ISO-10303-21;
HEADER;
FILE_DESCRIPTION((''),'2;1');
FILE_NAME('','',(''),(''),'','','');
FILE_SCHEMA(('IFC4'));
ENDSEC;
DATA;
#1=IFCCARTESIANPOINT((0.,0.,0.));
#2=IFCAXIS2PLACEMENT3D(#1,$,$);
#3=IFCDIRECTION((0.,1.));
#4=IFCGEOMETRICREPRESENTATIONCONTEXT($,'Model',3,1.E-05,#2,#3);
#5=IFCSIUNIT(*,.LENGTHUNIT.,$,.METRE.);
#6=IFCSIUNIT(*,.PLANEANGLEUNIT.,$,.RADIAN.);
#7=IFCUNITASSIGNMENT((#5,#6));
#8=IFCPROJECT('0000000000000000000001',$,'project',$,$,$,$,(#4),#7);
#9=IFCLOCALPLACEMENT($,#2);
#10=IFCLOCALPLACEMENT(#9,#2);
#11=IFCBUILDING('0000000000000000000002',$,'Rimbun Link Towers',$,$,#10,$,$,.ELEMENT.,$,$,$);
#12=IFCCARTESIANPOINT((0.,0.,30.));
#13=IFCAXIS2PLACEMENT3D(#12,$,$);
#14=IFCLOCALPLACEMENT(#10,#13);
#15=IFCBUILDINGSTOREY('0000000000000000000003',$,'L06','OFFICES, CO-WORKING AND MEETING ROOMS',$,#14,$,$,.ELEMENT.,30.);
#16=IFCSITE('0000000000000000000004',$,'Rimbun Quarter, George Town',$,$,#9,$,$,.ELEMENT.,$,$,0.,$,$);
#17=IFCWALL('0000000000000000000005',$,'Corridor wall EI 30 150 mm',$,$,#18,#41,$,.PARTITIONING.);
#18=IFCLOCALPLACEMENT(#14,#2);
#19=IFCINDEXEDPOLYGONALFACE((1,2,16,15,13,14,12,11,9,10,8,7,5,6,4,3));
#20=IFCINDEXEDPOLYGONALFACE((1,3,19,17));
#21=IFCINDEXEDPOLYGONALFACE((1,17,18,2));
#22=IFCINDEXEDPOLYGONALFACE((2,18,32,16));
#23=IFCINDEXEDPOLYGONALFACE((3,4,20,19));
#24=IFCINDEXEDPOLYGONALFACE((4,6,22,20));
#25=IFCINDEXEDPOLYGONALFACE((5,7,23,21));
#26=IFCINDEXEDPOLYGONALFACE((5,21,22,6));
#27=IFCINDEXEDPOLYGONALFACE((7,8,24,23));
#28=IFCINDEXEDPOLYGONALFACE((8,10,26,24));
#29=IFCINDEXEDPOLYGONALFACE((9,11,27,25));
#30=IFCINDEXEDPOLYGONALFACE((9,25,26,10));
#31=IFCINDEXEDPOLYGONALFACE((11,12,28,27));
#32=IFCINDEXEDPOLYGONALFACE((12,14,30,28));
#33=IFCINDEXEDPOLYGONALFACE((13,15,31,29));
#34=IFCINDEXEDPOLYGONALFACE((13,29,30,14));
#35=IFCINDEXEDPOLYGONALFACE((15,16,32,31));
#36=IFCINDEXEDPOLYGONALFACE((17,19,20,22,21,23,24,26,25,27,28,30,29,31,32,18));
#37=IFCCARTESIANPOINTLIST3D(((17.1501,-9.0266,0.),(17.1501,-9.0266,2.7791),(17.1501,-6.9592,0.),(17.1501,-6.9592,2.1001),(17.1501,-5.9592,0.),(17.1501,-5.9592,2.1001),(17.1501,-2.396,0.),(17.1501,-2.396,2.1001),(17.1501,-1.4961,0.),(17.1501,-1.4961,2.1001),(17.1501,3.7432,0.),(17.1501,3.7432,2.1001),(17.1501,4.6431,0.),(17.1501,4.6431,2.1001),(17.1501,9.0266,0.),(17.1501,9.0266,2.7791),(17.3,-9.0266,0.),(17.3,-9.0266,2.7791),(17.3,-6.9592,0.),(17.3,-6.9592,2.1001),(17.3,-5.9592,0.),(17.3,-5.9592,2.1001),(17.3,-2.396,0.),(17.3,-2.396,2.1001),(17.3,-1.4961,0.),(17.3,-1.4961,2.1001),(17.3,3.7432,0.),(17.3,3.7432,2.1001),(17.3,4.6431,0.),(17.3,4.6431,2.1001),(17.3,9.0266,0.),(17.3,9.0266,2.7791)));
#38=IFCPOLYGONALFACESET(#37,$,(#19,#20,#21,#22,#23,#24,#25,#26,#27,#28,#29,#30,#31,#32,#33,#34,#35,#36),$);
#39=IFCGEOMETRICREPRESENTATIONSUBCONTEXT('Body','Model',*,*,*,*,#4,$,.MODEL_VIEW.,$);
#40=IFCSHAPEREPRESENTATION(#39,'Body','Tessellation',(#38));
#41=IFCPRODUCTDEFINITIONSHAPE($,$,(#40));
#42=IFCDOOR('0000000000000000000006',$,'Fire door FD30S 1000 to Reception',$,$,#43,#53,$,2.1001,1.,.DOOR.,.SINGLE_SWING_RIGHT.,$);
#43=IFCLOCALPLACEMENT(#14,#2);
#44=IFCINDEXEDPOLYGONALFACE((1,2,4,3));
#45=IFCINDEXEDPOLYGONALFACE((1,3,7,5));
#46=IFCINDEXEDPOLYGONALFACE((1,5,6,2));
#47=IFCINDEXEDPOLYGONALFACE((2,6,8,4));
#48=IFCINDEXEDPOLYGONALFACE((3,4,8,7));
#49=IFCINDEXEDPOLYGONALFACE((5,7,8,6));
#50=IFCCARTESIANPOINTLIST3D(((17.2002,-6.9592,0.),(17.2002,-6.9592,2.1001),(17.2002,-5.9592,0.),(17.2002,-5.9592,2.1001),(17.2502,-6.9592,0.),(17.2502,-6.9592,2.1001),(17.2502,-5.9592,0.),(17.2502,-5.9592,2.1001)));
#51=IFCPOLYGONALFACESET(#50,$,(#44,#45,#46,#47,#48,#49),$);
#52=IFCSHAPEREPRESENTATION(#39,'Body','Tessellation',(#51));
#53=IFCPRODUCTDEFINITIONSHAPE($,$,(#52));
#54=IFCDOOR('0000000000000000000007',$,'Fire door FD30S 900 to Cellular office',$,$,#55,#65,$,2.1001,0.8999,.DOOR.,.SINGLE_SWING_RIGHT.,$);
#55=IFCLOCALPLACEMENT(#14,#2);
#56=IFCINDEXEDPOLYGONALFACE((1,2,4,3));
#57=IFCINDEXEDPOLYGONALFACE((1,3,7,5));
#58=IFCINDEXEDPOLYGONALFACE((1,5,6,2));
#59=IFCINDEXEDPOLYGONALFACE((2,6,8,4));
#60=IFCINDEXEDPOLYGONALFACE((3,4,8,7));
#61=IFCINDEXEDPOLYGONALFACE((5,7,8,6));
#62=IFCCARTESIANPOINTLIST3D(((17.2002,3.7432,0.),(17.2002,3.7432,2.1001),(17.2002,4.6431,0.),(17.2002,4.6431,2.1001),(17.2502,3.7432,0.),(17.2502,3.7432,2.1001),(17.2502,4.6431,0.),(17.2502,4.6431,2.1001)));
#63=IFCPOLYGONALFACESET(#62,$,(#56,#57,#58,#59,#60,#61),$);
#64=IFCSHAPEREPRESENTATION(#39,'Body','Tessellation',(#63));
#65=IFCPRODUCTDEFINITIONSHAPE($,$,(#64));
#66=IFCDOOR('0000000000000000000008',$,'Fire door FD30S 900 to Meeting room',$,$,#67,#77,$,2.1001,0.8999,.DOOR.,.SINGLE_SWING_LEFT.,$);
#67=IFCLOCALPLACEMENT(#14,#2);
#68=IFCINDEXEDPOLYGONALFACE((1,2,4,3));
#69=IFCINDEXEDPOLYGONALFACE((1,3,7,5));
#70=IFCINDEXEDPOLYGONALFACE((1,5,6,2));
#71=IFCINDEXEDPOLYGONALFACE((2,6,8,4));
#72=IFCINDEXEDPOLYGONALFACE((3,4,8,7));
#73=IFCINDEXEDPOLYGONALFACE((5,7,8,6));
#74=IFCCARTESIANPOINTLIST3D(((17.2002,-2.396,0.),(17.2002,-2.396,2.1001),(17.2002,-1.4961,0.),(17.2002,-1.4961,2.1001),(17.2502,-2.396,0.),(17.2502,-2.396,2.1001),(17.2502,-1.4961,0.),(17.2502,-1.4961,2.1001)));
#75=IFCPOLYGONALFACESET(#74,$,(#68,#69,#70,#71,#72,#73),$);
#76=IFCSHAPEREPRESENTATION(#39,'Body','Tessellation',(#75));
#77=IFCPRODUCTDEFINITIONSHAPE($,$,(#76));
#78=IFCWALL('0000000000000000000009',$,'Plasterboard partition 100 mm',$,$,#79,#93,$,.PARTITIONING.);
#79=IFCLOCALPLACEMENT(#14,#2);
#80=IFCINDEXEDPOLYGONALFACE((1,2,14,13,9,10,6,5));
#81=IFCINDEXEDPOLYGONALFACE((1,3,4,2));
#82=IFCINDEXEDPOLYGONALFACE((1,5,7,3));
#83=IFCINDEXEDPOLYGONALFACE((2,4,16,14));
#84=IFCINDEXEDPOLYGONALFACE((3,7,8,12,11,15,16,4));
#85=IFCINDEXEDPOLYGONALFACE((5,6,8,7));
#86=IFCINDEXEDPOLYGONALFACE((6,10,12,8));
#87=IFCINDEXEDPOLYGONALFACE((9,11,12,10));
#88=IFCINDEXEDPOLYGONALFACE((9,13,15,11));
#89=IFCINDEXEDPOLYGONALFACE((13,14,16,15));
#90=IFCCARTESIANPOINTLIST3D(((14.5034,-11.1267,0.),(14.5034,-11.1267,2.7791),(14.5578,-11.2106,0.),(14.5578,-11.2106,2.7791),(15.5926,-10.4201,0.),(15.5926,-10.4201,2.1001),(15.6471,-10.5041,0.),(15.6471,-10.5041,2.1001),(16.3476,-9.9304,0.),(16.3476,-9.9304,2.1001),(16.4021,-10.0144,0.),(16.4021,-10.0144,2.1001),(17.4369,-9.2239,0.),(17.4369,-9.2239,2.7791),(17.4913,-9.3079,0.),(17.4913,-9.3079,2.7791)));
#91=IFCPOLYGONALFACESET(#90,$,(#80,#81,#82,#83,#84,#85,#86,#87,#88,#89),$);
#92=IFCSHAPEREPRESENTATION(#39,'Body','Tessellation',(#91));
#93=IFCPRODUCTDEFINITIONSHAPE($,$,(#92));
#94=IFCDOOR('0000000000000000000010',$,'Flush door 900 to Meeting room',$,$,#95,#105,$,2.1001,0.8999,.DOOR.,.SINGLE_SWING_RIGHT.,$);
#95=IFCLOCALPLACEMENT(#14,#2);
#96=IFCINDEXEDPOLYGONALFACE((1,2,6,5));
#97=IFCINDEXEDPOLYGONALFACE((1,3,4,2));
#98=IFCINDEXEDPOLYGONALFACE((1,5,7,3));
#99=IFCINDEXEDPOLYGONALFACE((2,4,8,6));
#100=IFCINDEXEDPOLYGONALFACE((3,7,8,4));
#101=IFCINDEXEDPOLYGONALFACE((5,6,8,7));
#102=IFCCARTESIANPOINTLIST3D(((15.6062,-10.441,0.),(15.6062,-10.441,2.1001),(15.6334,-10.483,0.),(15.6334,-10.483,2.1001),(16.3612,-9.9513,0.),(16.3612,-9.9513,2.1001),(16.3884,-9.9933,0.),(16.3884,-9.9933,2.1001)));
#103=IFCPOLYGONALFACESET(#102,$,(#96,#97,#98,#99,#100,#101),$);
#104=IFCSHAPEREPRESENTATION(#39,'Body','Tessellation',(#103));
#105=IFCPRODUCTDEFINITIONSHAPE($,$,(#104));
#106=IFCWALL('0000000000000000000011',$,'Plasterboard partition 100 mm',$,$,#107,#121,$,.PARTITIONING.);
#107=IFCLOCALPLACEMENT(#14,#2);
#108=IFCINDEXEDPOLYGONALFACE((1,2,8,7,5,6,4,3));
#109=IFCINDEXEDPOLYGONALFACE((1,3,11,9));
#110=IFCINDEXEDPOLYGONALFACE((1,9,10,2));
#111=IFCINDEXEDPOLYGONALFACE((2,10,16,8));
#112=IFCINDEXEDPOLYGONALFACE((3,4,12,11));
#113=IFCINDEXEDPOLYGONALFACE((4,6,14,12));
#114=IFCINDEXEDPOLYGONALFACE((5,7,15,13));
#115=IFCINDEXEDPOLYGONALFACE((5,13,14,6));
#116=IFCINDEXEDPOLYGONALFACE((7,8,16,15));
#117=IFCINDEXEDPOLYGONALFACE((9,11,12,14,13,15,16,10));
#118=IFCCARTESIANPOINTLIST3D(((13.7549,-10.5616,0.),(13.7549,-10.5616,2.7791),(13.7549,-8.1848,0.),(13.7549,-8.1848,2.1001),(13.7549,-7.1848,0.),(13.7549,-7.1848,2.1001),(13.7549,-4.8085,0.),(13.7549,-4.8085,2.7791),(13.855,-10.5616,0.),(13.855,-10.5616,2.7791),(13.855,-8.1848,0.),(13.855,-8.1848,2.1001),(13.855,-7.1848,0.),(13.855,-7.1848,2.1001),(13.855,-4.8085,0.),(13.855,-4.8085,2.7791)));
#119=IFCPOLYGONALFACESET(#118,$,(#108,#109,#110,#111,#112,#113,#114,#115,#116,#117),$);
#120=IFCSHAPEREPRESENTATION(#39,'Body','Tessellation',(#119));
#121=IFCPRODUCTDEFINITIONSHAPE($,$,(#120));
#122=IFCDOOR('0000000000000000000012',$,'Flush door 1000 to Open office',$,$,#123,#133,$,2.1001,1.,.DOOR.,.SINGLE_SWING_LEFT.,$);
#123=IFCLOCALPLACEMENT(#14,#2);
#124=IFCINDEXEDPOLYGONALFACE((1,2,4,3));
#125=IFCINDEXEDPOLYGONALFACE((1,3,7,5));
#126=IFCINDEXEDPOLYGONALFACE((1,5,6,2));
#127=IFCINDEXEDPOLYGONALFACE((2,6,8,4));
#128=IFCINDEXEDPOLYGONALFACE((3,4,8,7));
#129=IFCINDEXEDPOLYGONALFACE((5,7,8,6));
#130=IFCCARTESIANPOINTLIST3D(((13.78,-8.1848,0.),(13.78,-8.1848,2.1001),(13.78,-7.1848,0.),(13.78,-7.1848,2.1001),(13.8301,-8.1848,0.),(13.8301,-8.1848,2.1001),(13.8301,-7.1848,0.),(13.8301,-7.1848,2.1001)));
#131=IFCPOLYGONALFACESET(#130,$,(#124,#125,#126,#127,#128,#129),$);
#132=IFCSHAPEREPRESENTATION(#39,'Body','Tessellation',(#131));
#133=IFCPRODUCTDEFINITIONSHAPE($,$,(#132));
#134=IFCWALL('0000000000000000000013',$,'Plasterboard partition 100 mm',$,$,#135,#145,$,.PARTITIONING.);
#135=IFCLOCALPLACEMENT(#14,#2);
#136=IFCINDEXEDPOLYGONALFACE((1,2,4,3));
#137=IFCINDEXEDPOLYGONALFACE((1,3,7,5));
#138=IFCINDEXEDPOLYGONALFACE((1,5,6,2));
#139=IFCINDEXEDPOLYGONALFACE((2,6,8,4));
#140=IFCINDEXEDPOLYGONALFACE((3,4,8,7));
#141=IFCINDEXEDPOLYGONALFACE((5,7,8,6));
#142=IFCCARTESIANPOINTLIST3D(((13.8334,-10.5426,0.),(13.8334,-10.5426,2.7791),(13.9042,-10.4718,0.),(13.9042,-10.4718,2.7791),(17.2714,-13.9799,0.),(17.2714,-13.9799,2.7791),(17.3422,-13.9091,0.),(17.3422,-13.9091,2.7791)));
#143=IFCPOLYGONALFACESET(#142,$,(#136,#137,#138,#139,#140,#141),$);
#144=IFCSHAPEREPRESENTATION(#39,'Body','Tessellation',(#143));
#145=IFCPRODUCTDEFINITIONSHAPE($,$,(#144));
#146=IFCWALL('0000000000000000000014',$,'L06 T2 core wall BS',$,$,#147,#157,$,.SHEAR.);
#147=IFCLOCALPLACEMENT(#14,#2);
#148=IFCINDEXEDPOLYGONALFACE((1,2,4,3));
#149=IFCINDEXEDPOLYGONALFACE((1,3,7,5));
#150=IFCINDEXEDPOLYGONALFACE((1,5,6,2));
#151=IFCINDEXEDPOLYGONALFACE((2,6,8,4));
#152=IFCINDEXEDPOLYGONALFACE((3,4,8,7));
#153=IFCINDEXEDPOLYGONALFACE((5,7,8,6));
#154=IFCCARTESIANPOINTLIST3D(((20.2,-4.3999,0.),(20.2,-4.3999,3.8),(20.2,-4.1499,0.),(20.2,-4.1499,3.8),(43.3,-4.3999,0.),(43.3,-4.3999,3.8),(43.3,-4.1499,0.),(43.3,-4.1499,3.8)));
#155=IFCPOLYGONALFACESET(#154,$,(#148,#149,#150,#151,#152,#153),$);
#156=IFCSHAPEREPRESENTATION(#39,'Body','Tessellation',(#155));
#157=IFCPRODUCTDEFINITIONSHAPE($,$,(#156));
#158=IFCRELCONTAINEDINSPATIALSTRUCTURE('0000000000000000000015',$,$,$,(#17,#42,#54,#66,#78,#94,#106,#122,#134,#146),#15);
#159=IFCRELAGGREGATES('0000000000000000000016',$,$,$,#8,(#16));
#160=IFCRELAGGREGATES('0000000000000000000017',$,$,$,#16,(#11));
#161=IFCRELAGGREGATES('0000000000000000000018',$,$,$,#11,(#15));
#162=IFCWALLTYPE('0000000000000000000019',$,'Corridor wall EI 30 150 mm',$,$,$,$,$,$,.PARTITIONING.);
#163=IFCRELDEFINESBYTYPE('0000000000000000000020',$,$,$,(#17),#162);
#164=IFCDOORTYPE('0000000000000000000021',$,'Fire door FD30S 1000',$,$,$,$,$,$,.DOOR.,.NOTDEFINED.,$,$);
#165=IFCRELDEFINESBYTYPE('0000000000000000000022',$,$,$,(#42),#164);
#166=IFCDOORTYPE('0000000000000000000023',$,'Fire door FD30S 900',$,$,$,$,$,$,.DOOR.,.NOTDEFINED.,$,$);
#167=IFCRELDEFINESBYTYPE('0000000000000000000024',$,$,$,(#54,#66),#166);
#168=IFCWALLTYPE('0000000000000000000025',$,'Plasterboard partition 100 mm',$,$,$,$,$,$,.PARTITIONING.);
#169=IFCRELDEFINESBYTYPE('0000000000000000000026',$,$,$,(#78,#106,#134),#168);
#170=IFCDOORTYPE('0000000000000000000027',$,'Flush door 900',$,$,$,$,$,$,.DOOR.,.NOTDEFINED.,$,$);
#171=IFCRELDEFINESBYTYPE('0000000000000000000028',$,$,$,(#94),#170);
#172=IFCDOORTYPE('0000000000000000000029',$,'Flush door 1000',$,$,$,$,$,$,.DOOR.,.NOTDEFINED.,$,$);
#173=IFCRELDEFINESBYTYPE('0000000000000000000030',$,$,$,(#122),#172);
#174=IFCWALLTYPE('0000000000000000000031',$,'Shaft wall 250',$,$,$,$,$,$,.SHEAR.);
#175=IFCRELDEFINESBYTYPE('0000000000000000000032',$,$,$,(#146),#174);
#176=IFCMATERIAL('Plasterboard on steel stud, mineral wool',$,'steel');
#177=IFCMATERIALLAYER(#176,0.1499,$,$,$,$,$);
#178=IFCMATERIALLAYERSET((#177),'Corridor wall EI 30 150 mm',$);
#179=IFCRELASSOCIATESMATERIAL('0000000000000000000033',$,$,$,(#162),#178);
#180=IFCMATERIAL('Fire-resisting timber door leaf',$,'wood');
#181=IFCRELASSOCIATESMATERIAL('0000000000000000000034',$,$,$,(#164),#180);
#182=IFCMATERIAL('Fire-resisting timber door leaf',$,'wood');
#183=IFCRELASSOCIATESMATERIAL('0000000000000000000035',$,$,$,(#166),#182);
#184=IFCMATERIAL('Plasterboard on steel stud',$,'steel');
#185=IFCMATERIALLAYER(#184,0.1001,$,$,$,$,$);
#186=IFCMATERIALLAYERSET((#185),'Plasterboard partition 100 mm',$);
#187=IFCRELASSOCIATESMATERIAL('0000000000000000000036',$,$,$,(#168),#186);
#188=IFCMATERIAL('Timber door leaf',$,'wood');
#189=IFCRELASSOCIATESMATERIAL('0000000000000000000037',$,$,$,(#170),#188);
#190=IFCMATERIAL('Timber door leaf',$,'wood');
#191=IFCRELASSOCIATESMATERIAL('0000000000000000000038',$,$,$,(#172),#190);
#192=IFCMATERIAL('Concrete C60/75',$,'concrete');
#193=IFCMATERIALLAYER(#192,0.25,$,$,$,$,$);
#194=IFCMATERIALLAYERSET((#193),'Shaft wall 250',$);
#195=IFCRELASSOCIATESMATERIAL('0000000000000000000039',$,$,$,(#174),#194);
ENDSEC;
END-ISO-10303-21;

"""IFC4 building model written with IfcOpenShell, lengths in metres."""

from ifc_helpers import new_model, si_unit, direction, frame, frame_2d, origin, place, context, subcontext, project, spatial, rectangle, extrude, material, layer, layer_set, type_object, element, fill, save


model = new_model("IFC4")

# Units and contexts
model_context = context("Model", 3, precision=1e-05, world=origin(), true_north=direction((0.0, 1.0)))
body_context = subcontext(model_context, "Body", "Model", "MODEL_VIEW")
ifc_project = project(units=[si_unit("LENGTHUNIT", "METRE"), si_unit("PLANEANGLEUNIT", "RADIAN")], contexts=[model_context])

# Site, building, storey
site_placement = place(None, origin())
site = spatial("IfcSite", under=ifc_project, at=site_placement, Name="Rimbun Quarter, George Town", CompositionType="ELEMENT", RefElevation=0.0)
building_placement = place(site_placement, origin())
building = spatial("IfcBuilding", under=site, at=building_placement, Name="Rimbun Link Towers", CompositionType="ELEMENT")
storey_placement = place(building_placement, frame((0.0, 0.0, 30.0)))
storey = spatial("IfcBuildingStorey", under=building, at=storey_placement, Name="L06", Description="OFFICES, CO-WORKING AND MEETING ROOMS", CompositionType="ELEMENT", Elevation=30.0)

# Shared definitions
ifc_material_1 = material(Name="Plasterboard on steel stud, mineral wool", Category="steel")
ifc_layer_1 = layer(ifc_material_1, 0.1499)
ifc_layer_set_1 = layer_set([ifc_layer_1], Name="Corridor wall EI 30 150 mm")
wall_type_1 = type_object("IfcWallType", Name="Corridor wall EI 30 150 mm", PredefinedType="PARTITIONING", material=ifc_layer_set_1)

# Wall, openings, doors
wall_1_placement = place(storey_placement, frame((17.2251, -9.0266, 0.0), z_axis=(0.0, 0.0, 1.0), x_axis=(0.0, 1.0, 0.0)))
wall_1 = element("IfcWall", 1, at=wall_1_placement, inside=storey, type_object=wall_type_1, Name="Corridor wall EI 30 150 mm", PredefinedType="PARTITIONING", context=body_context, shape_type="SweptSolid", body=[
    extrude(rectangle(XDim=18.0532, YDim=0.1499, at=frame_2d((9.0266, 0.0))), origin(), (0.0, 0.0, 1.0), 2.7791),
])
opening_1_placement = place(wall_1_placement, frame((12.7698, 0.0, 0.0)))
opening_1 = element("IfcOpeningElement", 2, at=opening_1_placement, cuts=wall_1, PredefinedType="OPENING", context=body_context, shape_type="SweptSolid", body=[
    extrude(rectangle(XDim=0.8999, YDim=2.1001, at=frame_2d((0.45, 1.05))), frame((0.0, 0.085, 0.0), z_axis=(0.0, -1.0, 0.0), x_axis=(1.0, 0.0, 0.0)), (0.0, 0.0, 1.0), 0.1699),
])
opening_2_placement = place(wall_1_placement, frame((6.6306, 0.0, 0.0)))
opening_2 = element("IfcOpeningElement", 3, at=opening_2_placement, cuts=wall_1, PredefinedType="OPENING", context=body_context, shape_type="SweptSolid", body=[
    extrude(rectangle(XDim=0.8999, YDim=2.1001, at=frame_2d((0.45, 1.05))), frame((0.0, 0.085, 0.0), z_axis=(0.0, -1.0, 0.0), x_axis=(1.0, 0.0, 0.0)), (0.0, 0.0, 1.0), 0.1699),
])
opening_3_placement = place(wall_1_placement, frame((2.0674, 0.0, 0.0)))
opening_3 = element("IfcOpeningElement", 4, at=opening_3_placement, cuts=wall_1, PredefinedType="OPENING", context=body_context, shape_type="SweptSolid", body=[
    extrude(rectangle(XDim=1.0, YDim=2.1001, at=frame_2d((0.5, 1.05))), frame((0.0, 0.085, 0.0), z_axis=(0.0, -1.0, 0.0), x_axis=(1.0, 0.0, 0.0)), (0.0, 0.0, 1.0), 0.1699),
])
ifc_material_2 = material(Name="Fire-resisting timber door leaf", Category="wood")
door_type_1 = type_object("IfcDoorType", Name="Fire door FD30S 1000", OperationType="NOTDEFINED", PredefinedType="DOOR", material=ifc_material_2)
door_1_placement = place(opening_3_placement, origin())
door_1 = element("IfcDoor", 5, at=door_1_placement, inside=storey, type_object=door_type_1, Name="Fire door FD30S 1000 to Reception", OperationType="SINGLE_SWING_RIGHT", OverallHeight=2.1001, OverallWidth=1.0, PredefinedType="DOOR", context=body_context, shape_type="SweptSolid", body=[
    extrude(rectangle(XDim=1.0, YDim=2.1001, at=frame_2d((0.5, 1.05))), frame((0.0, 0.0249, 0.0), z_axis=(0.0, -1.0, 0.0), x_axis=(1.0, 0.0, 0.0)), (0.0, 0.0, 1.0), 0.05),
])
fill(opening_3, door_1)
ifc_material_3 = material(Name="Fire-resisting timber door leaf", Category="wood")
door_type_2 = type_object("IfcDoorType", Name="Fire door FD30S 900", OperationType="NOTDEFINED", PredefinedType="DOOR", material=ifc_material_3)
door_2_placement = place(opening_1_placement, origin())
door_2 = element("IfcDoor", 6, at=door_2_placement, inside=storey, type_object=door_type_2, Name="Fire door FD30S 900 to Cellular office", OperationType="SINGLE_SWING_RIGHT", OverallHeight=2.1001, OverallWidth=0.8999, PredefinedType="DOOR", context=body_context, shape_type="SweptSolid", body=[
    extrude(rectangle(XDim=0.8999, YDim=2.1001, at=frame_2d((0.45, 1.05))), frame((0.0, 0.0249, 0.0), z_axis=(0.0, -1.0, 0.0), x_axis=(1.0, 0.0, 0.0)), (0.0, 0.0, 1.0), 0.05),
])
fill(opening_1, door_2)
door_3_placement = place(opening_2_placement, origin())
door_3 = element("IfcDoor", 7, at=door_3_placement, inside=storey, type_object=door_type_2, Name="Fire door FD30S 900 to Meeting room", OperationType="SINGLE_SWING_LEFT", OverallHeight=2.1001, OverallWidth=0.8999, PredefinedType="DOOR", context=body_context, shape_type="SweptSolid", body=[
    extrude(rectangle(XDim=0.8999, YDim=2.1001, at=frame_2d((0.45, 1.05))), frame((0.0, 0.0249, 0.0), z_axis=(0.0, -1.0, 0.0), x_axis=(1.0, 0.0, 0.0)), (0.0, 0.0, 1.0), 0.05),
])
fill(opening_2, door_3)

# Walls, openings, doors
ifc_material_4 = material(Name="Plasterboard on steel stud", Category="steel")
ifc_layer_2 = layer(ifc_material_4, 0.1001)
ifc_layer_set_2 = layer_set([ifc_layer_2], Name="Plasterboard partition 100 mm")
wall_type_2 = type_object("IfcWallType", Name="Plasterboard partition 100 mm", PredefinedType="PARTITIONING", material=ifc_layer_set_2)
wall_2_placement = place(storey_placement, frame((17.4641, -9.2659, 0.0), z_axis=(0.0, 0.0, 1.0), x_axis=(-0.838966, -0.544183, 0.0)))
wall_2 = element("IfcWall", 8, at=wall_2_placement, inside=storey, type_object=wall_type_2, Name="Plasterboard partition 100 mm", PredefinedType="PARTITIONING", context=body_context, shape_type="SweptSolid", body=[
    extrude(rectangle(XDim=3.4966, YDim=0.1001, at=frame_2d((1.7483, 0.0))), origin(), (0.0, 0.0, 1.0), 2.7791),
])
opening_4_placement = place(wall_2_placement, frame((1.2983, 0.0, 0.0)))
opening_4 = element("IfcOpeningElement", 9, at=opening_4_placement, cuts=wall_2, PredefinedType="OPENING", context=body_context, shape_type="SweptSolid", body=[
    extrude(rectangle(XDim=0.8999, YDim=2.1001, at=frame_2d((0.45, 1.05))), frame((0.0, 0.0601, 0.0), z_axis=(0.0, -1.0, 0.0), x_axis=(1.0, 0.0, 0.0)), (0.0, 0.0, 1.0), 0.1201),
])
ifc_material_5 = material(Name="Timber door leaf", Category="wood")
door_type_3 = type_object("IfcDoorType", Name="Flush door 900", OperationType="NOTDEFINED", PredefinedType="DOOR", material=ifc_material_5)
door_4_placement = place(opening_4_placement, origin())
door_4 = element("IfcDoor", 10, at=door_4_placement, inside=storey, type_object=door_type_3, Name="Flush door 900 to Meeting room", OperationType="SINGLE_SWING_RIGHT", OverallHeight=2.1001, OverallWidth=0.8999, PredefinedType="DOOR", context=body_context, shape_type="SweptSolid", body=[
    extrude(rectangle(XDim=0.8999, YDim=2.1001, at=frame_2d((0.45, 1.05))), frame((0.0, 0.0249, 0.0), z_axis=(0.0, -1.0, 0.0), x_axis=(1.0, 0.0, 0.0)), (0.0, 0.0, 1.0), 0.05),
])
fill(opening_4, door_4)
wall_3_placement = place(storey_placement, frame((13.8049, -10.5615, 0.0), z_axis=(0.0, 0.0, 1.0), x_axis=(0.0, 1.0, 0.0)))
wall_3 = element("IfcWall", 11, at=wall_3_placement, inside=storey, type_object=wall_type_2, Name="Plasterboard partition 100 mm", PredefinedType="PARTITIONING", context=body_context, shape_type="SweptSolid", body=[
    extrude(rectangle(XDim=5.7532, YDim=0.1001, at=frame_2d((2.8765, 0.0))), origin(), (0.0, 0.0, 1.0), 2.7791),
])
opening_5_placement = place(wall_3_placement, frame((2.3767, 0.0, 0.0)))
opening_5 = element("IfcOpeningElement", 12, at=opening_5_placement, cuts=wall_3, PredefinedType="OPENING", context=body_context, shape_type="SweptSolid", body=[
    extrude(rectangle(XDim=1.0, YDim=2.1001, at=frame_2d((0.5, 1.05))), frame((0.0, 0.0601, 0.0), z_axis=(0.0, -1.0, 0.0), x_axis=(1.0, 0.0, 0.0)), (0.0, 0.0, 1.0), 0.1201),
])
ifc_material_6 = material(Name="Timber door leaf", Category="wood")
door_type_4 = type_object("IfcDoorType", Name="Flush door 1000", OperationType="NOTDEFINED", PredefinedType="DOOR", material=ifc_material_6)
door_5_placement = place(opening_5_placement, origin())
door_5 = element("IfcDoor", 13, at=door_5_placement, inside=storey, type_object=door_type_4, Name="Flush door 1000 to Open office", OperationType="SINGLE_SWING_LEFT", OverallHeight=2.1001, OverallWidth=1.0, PredefinedType="DOOR", context=body_context, shape_type="SweptSolid", body=[
    extrude(rectangle(XDim=1.0, YDim=2.1001, at=frame_2d((0.5, 1.05))), frame((0.0, 0.0249, 0.0), z_axis=(0.0, -1.0, 0.0), x_axis=(1.0, 0.0, 0.0)), (0.0, 0.0, 1.0), 0.05),
])
fill(opening_5, door_5)

# Walls
wall_4_placement = place(storey_placement, frame((13.8689, -10.5073, 0.0), z_axis=(0.0, 0.0, 1.0), x_axis=(0.707182, -0.707031, 0.0)))
element("IfcWall", 14, at=wall_4_placement, inside=storey, type_object=wall_type_2, Name="Plasterboard partition 100 mm", PredefinedType="PARTITIONING", context=body_context, shape_type="SweptSolid", body=[
    extrude(rectangle(XDim=4.8616, YDim=0.1001, at=frame_2d((2.4307, 0.0))), origin(), (0.0, 0.0, 1.0), 2.7791),
])
ifc_material_7 = material(Name="Concrete C60/75", Category="concrete")
ifc_layer_3 = layer(ifc_material_7, 0.25)
ifc_layer_set_3 = layer_set([ifc_layer_3], Name="Shaft wall 250")
wall_type_3 = type_object("IfcWallType", Name="Shaft wall 250", PredefinedType="SHEAR", material=ifc_layer_set_3)
wall_5_placement = place(storey_placement, frame((20.2, -4.2749, 0.0), z_axis=(0.0, 0.0, 1.0), x_axis=(1.0, 0.0, 0.0)))
element("IfcWall", 15, at=wall_5_placement, inside=storey, type_object=wall_type_3, Name="L06 T2 core wall BS", PredefinedType="SHEAR", context=body_context, shape_type="SweptSolid", body=[
    extrude(rectangle(XDim=23.1001, YDim=0.25, at=frame_2d((11.55, 0.0))), origin(), (0.0, 0.0, 1.0), 3.8),
])

save(model, "model.ifc")
